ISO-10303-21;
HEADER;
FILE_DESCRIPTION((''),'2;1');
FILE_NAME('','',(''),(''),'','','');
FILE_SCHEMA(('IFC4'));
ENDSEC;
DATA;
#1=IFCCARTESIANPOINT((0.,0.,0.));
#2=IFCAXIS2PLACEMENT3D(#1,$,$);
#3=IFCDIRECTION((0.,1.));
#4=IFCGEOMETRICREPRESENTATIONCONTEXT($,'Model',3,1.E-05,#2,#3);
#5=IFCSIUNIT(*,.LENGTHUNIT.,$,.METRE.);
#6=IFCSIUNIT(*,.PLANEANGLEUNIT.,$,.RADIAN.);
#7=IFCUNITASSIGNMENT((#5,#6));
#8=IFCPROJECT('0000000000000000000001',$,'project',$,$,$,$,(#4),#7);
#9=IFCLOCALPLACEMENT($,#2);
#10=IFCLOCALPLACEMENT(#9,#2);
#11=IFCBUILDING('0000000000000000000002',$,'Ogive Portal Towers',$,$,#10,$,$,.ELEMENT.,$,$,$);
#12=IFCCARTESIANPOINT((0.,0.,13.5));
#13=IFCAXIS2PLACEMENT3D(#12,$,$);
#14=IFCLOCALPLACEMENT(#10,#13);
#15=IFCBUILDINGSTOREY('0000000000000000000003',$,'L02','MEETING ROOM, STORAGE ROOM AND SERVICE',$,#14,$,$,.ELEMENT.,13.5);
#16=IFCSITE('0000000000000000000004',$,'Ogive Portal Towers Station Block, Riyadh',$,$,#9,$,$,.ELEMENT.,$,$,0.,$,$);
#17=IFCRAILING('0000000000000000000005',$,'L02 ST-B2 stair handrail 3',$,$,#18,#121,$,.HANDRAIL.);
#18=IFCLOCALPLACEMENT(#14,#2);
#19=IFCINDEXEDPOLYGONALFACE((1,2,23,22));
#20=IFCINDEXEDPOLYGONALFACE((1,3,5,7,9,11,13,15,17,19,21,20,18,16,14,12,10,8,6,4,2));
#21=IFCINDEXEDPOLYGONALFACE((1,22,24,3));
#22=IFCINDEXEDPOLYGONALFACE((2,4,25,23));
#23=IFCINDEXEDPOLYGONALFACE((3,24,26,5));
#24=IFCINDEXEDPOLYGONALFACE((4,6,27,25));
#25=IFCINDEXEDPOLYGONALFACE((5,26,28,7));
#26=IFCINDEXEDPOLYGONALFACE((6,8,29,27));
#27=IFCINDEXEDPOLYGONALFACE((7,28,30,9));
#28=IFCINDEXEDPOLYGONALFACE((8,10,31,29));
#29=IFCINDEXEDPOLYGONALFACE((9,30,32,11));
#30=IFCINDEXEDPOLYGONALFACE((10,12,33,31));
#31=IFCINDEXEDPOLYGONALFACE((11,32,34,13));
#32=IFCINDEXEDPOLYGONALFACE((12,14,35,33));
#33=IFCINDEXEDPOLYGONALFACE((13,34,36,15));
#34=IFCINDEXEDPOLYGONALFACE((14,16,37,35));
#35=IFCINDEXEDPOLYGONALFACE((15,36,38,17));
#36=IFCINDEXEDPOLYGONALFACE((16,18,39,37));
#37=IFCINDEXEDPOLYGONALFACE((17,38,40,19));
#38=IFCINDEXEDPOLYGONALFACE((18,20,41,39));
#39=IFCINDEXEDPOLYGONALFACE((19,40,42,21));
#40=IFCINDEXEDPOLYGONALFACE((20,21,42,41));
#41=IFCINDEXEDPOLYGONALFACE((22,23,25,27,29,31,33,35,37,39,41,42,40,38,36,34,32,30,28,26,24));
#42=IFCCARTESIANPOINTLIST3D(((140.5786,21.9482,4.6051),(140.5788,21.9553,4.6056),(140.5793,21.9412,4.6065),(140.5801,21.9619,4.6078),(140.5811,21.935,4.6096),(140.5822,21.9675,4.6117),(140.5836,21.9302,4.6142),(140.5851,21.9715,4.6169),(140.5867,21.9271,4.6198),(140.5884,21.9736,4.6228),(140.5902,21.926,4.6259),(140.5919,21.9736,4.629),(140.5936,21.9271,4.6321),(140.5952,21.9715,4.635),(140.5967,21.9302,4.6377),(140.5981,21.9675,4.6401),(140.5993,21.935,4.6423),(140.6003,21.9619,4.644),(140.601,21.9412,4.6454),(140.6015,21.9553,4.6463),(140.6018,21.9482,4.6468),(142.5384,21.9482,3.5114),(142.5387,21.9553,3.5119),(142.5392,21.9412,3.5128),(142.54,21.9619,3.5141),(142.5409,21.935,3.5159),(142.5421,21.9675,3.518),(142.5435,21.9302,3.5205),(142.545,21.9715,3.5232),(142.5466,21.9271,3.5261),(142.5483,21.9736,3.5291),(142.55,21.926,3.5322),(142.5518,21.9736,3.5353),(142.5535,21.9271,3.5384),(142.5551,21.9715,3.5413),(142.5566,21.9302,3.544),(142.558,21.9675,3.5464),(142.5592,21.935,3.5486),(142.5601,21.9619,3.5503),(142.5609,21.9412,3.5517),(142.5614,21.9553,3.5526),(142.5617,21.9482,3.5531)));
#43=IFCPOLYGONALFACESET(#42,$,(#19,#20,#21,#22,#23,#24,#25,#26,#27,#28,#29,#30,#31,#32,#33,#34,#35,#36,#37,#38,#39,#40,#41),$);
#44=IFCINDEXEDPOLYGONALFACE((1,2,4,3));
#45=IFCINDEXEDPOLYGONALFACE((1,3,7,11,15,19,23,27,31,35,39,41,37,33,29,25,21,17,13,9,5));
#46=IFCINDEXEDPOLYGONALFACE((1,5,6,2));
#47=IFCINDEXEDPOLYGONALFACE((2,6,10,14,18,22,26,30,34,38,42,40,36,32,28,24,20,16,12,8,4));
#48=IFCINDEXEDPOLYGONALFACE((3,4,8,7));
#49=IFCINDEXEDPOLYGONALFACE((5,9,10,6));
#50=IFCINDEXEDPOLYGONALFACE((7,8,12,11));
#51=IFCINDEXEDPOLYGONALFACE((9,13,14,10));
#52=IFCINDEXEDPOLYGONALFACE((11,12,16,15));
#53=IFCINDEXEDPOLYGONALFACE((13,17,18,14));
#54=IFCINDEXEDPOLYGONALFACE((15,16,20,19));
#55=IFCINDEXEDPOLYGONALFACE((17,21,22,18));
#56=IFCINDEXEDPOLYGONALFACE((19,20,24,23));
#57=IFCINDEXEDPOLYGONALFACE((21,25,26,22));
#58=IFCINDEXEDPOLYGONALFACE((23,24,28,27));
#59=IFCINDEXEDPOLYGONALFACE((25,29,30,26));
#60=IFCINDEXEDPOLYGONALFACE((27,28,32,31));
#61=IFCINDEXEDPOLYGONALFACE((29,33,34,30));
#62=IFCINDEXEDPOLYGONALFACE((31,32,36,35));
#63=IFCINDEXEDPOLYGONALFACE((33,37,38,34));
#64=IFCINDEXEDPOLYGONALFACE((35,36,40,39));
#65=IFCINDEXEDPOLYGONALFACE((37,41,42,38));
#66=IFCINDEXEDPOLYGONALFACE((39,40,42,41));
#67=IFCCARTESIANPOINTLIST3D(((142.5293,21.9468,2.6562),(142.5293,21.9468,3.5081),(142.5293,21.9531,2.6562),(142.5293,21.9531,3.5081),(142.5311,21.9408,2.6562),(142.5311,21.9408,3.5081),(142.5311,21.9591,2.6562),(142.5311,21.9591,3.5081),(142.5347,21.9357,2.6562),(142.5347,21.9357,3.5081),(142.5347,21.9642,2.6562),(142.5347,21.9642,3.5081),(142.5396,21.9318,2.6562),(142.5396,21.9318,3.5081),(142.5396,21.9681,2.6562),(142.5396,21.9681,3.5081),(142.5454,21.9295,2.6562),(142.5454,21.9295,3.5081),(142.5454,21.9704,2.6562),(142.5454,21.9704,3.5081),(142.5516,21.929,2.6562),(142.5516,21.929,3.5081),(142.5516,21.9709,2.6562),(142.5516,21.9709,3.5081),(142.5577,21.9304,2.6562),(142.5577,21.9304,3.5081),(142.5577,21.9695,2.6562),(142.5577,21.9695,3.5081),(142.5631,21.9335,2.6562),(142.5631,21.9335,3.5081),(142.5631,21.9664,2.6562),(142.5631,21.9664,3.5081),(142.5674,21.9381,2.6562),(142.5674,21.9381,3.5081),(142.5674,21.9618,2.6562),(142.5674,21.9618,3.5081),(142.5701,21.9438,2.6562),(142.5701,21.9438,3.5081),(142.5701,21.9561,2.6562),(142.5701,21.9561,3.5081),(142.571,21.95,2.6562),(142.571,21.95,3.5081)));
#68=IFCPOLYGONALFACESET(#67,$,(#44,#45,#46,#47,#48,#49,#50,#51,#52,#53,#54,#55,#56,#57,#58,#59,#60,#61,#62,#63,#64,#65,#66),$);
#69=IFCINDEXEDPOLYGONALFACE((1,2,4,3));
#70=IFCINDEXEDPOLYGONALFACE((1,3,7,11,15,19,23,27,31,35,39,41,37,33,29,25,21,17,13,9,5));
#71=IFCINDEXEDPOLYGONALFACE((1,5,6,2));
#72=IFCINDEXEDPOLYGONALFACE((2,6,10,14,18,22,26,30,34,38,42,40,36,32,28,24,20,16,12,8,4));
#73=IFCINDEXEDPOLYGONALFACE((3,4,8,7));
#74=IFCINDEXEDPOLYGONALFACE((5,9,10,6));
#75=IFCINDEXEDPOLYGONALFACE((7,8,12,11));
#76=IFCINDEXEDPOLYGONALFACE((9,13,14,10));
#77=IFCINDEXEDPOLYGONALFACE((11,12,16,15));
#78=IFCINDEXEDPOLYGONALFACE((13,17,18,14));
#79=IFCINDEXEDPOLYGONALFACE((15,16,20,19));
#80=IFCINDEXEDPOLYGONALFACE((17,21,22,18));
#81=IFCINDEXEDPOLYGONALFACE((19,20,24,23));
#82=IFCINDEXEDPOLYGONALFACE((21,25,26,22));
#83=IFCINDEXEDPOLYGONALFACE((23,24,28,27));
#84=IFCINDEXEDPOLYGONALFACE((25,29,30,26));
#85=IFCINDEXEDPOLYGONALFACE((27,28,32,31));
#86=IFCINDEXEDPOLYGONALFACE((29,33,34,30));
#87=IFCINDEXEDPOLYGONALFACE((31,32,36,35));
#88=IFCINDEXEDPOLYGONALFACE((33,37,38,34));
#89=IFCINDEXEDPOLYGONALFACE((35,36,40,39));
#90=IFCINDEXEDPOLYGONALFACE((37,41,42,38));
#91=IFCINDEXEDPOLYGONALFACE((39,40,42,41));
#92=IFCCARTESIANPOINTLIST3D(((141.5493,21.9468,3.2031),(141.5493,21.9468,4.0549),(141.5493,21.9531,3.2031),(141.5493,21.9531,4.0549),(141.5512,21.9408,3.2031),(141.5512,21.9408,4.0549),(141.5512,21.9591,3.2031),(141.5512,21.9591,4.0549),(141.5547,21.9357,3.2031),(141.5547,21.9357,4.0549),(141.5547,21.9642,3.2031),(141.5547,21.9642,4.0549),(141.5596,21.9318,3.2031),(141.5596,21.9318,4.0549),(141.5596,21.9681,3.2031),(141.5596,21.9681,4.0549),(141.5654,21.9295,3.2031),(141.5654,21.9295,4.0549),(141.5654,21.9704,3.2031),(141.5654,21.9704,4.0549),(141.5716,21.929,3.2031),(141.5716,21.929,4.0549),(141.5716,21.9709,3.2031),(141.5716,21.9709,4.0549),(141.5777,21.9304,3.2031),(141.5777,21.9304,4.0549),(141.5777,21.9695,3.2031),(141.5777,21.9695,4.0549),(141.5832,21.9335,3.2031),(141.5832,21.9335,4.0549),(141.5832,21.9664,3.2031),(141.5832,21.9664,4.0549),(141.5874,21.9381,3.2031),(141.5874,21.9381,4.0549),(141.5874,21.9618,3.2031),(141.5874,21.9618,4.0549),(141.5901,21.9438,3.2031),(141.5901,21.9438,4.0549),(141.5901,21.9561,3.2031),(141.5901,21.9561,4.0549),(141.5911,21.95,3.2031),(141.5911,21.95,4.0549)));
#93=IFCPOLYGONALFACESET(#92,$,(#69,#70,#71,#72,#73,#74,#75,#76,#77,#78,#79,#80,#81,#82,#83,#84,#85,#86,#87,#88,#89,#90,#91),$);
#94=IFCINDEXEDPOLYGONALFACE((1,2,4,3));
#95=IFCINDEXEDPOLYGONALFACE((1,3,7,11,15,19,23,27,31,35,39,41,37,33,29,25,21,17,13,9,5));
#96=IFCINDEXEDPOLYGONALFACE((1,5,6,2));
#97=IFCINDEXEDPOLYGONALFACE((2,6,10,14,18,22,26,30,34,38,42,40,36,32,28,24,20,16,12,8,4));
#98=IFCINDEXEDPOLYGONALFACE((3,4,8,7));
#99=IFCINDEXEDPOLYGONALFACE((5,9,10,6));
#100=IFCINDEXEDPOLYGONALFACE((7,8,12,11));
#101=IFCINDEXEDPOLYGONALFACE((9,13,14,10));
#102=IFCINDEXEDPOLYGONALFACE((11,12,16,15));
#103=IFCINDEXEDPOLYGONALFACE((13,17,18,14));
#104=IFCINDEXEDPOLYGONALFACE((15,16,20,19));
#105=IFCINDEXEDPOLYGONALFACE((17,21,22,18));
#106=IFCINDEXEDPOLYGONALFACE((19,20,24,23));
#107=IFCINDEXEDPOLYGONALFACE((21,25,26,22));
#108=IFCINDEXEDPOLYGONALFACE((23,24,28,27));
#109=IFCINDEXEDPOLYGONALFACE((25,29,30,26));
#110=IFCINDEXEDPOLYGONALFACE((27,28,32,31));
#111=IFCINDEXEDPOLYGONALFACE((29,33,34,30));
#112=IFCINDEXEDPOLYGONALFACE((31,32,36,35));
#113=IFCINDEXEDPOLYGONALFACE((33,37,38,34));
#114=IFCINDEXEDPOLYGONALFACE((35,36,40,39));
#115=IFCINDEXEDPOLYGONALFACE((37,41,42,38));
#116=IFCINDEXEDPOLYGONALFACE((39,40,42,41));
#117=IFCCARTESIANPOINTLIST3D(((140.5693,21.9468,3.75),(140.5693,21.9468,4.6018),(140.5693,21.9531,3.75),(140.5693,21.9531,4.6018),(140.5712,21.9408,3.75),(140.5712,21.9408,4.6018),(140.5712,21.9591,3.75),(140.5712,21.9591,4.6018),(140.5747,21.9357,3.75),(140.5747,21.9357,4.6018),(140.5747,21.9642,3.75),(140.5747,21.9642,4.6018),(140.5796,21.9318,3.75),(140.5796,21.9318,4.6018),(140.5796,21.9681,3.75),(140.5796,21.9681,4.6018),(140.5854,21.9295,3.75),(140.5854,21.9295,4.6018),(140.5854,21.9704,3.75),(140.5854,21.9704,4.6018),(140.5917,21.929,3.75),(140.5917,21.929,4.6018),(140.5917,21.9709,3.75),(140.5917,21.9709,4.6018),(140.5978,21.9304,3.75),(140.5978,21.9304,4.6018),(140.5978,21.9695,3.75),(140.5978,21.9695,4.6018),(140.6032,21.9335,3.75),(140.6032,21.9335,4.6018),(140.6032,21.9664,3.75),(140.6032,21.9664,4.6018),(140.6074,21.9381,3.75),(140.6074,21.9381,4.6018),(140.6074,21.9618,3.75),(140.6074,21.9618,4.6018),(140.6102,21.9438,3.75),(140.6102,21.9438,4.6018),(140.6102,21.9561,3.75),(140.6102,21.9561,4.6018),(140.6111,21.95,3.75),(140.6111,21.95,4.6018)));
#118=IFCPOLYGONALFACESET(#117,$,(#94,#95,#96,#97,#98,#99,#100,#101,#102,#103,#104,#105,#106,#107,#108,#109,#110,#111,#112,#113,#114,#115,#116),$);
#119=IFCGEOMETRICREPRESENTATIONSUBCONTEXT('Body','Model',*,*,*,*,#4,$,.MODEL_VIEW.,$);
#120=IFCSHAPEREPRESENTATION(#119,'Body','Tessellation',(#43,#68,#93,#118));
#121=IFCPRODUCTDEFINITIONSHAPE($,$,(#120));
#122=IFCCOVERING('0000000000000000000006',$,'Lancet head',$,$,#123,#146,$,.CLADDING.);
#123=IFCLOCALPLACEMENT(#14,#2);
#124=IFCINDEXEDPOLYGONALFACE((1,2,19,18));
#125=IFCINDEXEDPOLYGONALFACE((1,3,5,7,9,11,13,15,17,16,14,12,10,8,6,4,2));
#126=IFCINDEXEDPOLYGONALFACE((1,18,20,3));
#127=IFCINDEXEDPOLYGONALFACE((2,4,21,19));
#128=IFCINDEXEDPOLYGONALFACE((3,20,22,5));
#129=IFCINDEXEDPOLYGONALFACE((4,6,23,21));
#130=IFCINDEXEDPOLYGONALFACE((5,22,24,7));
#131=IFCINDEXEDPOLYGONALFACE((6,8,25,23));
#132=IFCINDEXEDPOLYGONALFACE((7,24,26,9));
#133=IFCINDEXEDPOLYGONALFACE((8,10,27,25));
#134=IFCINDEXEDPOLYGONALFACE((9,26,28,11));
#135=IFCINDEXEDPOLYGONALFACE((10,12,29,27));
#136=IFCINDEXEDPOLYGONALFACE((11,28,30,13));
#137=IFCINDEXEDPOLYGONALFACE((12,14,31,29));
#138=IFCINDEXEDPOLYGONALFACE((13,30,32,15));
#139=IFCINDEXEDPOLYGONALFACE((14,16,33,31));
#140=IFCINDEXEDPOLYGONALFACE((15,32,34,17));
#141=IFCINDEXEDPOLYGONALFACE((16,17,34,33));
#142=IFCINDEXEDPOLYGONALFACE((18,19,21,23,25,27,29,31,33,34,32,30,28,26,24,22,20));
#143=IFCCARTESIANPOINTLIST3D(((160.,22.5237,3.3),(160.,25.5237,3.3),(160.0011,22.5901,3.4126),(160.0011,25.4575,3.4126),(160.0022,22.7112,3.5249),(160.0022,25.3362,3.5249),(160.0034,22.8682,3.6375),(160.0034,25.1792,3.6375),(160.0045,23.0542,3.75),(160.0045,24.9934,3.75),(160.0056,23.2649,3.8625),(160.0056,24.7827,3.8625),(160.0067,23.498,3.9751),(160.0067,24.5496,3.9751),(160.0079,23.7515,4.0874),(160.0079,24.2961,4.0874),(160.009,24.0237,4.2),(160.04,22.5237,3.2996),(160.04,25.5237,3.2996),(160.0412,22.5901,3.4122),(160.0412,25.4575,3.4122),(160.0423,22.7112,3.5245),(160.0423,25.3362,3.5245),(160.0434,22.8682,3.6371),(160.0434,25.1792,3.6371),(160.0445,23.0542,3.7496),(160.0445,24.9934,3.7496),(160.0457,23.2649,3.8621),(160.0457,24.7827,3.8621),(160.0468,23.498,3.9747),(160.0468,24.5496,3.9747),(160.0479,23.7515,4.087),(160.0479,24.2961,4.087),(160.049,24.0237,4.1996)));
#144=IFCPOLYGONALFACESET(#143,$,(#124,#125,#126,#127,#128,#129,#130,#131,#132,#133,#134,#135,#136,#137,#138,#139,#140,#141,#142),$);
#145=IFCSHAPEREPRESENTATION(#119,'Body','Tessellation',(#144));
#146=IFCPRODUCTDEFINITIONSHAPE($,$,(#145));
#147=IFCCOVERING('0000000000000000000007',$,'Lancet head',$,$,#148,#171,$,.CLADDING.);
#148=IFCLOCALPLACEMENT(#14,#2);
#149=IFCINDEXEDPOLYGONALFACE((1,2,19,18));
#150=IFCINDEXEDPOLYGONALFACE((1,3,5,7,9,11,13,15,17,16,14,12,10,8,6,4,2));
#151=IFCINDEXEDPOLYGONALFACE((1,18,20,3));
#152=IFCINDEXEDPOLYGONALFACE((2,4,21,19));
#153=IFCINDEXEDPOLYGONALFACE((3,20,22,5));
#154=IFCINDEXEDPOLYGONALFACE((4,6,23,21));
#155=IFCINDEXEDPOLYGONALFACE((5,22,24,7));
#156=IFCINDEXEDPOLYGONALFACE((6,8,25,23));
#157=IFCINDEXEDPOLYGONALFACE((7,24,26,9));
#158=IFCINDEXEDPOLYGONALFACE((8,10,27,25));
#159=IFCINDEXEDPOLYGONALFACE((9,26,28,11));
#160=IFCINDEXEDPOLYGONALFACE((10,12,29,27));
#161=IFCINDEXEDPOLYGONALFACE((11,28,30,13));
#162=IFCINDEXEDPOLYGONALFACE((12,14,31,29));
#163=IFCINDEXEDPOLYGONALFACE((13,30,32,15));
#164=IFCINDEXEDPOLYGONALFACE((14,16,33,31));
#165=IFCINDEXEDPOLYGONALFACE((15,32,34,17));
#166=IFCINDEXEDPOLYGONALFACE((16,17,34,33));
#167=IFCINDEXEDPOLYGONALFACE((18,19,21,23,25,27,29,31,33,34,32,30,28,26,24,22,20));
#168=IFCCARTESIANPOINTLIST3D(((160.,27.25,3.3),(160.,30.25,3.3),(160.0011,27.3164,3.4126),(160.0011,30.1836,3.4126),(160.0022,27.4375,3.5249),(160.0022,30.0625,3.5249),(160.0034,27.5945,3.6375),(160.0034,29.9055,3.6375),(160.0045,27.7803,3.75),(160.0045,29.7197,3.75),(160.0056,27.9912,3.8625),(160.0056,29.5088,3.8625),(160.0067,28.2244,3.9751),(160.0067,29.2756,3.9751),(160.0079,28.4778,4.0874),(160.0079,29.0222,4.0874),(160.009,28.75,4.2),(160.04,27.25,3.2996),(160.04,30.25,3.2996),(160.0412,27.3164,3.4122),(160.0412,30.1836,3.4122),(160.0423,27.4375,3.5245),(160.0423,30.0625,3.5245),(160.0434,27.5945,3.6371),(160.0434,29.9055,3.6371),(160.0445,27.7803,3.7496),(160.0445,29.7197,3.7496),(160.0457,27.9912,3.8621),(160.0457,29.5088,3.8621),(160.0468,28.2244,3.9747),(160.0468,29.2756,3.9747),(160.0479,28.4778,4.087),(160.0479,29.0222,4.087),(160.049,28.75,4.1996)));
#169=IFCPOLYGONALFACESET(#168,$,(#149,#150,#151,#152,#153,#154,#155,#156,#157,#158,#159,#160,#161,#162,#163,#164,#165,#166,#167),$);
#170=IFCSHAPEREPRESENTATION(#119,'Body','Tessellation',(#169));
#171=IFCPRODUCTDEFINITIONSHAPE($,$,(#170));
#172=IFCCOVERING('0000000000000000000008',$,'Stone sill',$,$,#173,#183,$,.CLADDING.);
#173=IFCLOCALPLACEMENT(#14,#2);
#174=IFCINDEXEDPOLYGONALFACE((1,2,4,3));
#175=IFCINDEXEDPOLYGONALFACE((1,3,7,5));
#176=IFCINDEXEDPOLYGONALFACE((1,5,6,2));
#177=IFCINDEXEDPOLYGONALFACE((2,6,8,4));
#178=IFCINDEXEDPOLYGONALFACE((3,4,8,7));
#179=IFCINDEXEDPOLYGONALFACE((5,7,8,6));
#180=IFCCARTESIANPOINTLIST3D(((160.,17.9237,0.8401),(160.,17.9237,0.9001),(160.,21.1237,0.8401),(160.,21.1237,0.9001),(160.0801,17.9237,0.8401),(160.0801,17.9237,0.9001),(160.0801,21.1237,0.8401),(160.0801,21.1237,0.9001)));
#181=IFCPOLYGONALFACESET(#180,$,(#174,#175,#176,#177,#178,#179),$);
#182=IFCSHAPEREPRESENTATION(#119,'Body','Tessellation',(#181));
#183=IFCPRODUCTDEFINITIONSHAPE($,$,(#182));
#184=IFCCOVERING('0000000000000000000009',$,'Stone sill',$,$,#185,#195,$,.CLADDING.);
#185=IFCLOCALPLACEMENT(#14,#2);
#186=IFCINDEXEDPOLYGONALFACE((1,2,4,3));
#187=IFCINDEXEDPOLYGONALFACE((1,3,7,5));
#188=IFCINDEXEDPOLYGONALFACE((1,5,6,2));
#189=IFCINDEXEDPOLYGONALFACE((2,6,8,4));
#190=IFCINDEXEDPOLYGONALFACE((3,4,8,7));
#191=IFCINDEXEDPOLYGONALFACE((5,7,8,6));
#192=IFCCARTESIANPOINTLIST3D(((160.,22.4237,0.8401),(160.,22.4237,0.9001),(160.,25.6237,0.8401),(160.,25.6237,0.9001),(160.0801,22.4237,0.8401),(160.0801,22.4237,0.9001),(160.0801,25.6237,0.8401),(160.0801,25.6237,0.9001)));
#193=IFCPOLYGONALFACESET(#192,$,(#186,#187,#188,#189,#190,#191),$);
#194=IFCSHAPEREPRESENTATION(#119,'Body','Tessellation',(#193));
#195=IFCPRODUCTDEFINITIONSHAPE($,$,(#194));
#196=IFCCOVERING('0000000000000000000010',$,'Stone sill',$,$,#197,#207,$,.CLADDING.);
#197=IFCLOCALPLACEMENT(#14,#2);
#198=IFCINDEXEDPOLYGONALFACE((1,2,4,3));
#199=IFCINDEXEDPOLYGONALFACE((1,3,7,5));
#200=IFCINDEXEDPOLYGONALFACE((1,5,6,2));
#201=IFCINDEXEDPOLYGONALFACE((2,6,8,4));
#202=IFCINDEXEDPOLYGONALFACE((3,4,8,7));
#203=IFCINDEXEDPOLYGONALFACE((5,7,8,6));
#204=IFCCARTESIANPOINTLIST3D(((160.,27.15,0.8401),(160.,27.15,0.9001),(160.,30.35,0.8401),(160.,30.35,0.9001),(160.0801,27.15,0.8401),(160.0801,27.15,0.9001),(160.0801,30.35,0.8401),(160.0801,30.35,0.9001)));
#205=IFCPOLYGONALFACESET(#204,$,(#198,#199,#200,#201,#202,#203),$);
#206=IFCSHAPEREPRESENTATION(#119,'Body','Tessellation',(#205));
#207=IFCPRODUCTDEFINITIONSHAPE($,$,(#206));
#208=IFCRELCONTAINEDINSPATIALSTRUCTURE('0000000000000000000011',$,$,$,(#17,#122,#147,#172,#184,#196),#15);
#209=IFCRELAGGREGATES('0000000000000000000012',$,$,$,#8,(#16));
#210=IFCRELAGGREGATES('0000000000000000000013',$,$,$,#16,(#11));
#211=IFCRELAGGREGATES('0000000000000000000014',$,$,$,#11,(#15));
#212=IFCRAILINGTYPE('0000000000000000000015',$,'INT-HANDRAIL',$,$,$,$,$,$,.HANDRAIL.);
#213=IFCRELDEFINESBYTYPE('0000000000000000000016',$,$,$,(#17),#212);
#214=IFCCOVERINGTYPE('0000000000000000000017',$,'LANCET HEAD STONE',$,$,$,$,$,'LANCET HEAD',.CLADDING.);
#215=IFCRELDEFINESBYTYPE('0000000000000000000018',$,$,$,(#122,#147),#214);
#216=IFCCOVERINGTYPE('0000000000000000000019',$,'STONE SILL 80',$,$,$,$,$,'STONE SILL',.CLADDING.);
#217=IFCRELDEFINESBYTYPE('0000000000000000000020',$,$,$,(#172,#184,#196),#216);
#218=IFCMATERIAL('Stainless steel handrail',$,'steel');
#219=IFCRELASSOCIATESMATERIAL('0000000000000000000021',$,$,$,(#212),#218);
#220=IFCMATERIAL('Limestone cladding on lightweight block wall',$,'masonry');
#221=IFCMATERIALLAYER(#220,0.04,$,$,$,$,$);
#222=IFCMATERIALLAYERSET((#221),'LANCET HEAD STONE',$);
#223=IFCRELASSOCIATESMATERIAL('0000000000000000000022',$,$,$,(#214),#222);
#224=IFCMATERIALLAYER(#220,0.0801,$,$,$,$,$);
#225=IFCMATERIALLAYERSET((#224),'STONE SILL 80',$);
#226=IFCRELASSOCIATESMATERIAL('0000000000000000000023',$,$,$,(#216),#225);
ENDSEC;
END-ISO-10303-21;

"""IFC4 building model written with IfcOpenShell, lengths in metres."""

from ifc_helpers import new_model, si_unit, direction, frame, origin, origin_2d, place, context, subcontext, project, spatial, polyline, rectangle, circle, outline, extrude, material, layer, layer_set, type_object, element, save


model = new_model("IFC4")

# Units and contexts
model_context = context("Model", 3, precision=1e-05, world=origin(), true_north=direction((0.0, 1.0)))
body_context = subcontext(model_context, "Body", "Model", "MODEL_VIEW")
ifc_project = project(units=[si_unit("LENGTHUNIT", "METRE"), si_unit("PLANEANGLEUNIT", "RADIAN")], contexts=[model_context])

# Site, building, storey
site_placement = place(None, origin())
site = spatial("IfcSite", under=ifc_project, at=site_placement, Name="Ogive Portal Towers Station Block, Riyadh", CompositionType="ELEMENT", RefElevation=0.0)
building_placement = place(site_placement, origin())
building = spatial("IfcBuilding", under=site, at=building_placement, Name="Ogive Portal Towers", CompositionType="ELEMENT")
storey_placement = place(building_placement, frame((0.0, 0.0, 13.5)))
storey = spatial("IfcBuildingStorey", under=building, at=storey_placement, Name="L02", Description="MEETING ROOM, STORAGE ROOM AND SERVICE", CompositionType="ELEMENT", Elevation=13.5)

# Railing
ifc_material_1 = material(Name="Stainless steel handrail", Category="steel")
railing_type_1 = type_object("IfcRailingType", Name="INT-HANDRAIL", PredefinedType="HANDRAIL", material=ifc_material_1)
for number, where, name in (
    (1, (142.55, 21.95, 2.6562), "L02 ST-B2 stair handrail 3"),
):
    element("IfcRailing", number, at=place(storey_placement, frame(where)), inside=storey, type_object=railing_type_1, Name=name, PredefinedType="HANDRAIL", context=body_context, shape_type="SweptSolid", body=[
        extrude(circle(Radius=0.0239, at=origin_2d()), frame((0.0, 0.0, 0.876), z_axis=(-0.873232, 0.0, 0.487304), x_axis=(0.0, -1.0, 0.0)), (0.0, 0.0, 1.0), 2.2444),
        extrude(circle(Radius=0.021, at=origin_2d()), origin(), (0.0, 0.0, 1.0), 0.8518),
        extrude(circle(Radius=0.021, at=origin_2d()), frame((-0.98, 0.0, 0.5469)), (0.0, 0.0, 1.0), 0.8518),
        extrude(circle(Radius=0.021, at=origin_2d()), frame((-1.96, 0.0, 1.0938)), (0.0, 0.0, 1.0), 0.8518),
    ])

# Coverings
ifc_material_2 = material(Name="Limestone cladding on lightweight block wall", Category="masonry")
ifc_layer_1 = layer(ifc_material_2, 0.04)
ifc_layer_set_1 = layer_set([ifc_layer_1], Name="LANCET HEAD STONE")
covering_type_1 = type_object("IfcCoveringType", Name="LANCET HEAD STONE", ElementType="LANCET HEAD", PredefinedType="CLADDING", material=ifc_layer_set_1)
covering_1_placement = place(storey_placement, frame((160.0, 22.5237, 3.3), z_axis=(-0.99995, 0.0, 0.009994), x_axis=(0.0, 1.0, 0.0)))
element("IfcCovering", 2, at=covering_1_placement, inside=storey, type_object=covering_type_1, Name="Lancet head", PredefinedType="CLADDING", context=body_context, shape_type="SweptSolid", body=[
    extrude(outline(polyline([(0.0, 0.0), (3.0, 0.0), (2.9338, -0.1126), (2.8125, -0.2249), (2.6555, -0.3374), (2.4697, -0.45), (2.259, -0.5625), (2.0259, -0.6751), (1.7725, -0.7874), (1.5, -0.8999), (1.2278, -0.7874), (0.9744, -0.6751), (0.7412, -0.5625), (0.5305, -0.45), (0.3445, -0.3374), (0.1875, -0.2249), (0.0664, -0.1126), (0.0, 0.0)])), origin(), (0.0, 0.0, -1.0), 0.04),
])
covering_2_placement = place(storey_placement, frame((160.0, 27.25, 3.3), z_axis=(-0.99995, 0.0, 0.009994), x_axis=(0.0, 1.0, 0.0)))
element("IfcCovering", 3, at=covering_2_placement, inside=storey, type_object=covering_type_1, Name="Lancet head", PredefinedType="CLADDING", context=body_context, shape_type="SweptSolid", body=[
    extrude(outline(polyline([(0.0, 0.0), (3.0, 0.0), (2.9336, -0.1126), (2.8125, -0.2249), (2.6555, -0.3374), (2.4697, -0.45), (2.2588, -0.5625), (2.0256, -0.6751), (1.7722, -0.7874), (1.5, -0.8999), (1.2278, -0.7874), (0.9744, -0.6751), (0.7412, -0.5625), (0.5303, -0.45), (0.3445, -0.3374), (0.1875, -0.2249), (0.0664, -0.1126), (0.0, 0.0)])), origin(), (0.0, 0.0, -1.0), 0.04),
])
ifc_layer_2 = layer(ifc_material_2, 0.0801)
ifc_layer_set_2 = layer_set([ifc_layer_2], Name="STONE SILL 80")
covering_type_2 = type_object("IfcCoveringType", Name="STONE SILL 80", ElementType="STONE SILL", PredefinedType="CLADDING", material=ifc_layer_set_2)
for number, where, z_axis, x_axis, name in (
    (4, (160.04, 19.5237, 0.8401), (0.0, 0.0, 1.0), (0.0, 1.0, 0.0), "Stone sill"),
    (5, (160.04, 24.0237, 0.8401), (0.0, 0.0, 1.0), (0.0, 1.0, 0.0), "Stone sill"),
    (6, (160.04, 28.75, 0.8401), (0.0, 0.0, 1.0), (0.0, 1.0, 0.0), "Stone sill"),
):
    element("IfcCovering", number, at=place(storey_placement, frame(where, z_axis=z_axis, x_axis=x_axis)), inside=storey, type_object=covering_type_2, Name=name, PredefinedType="CLADDING", context=body_context, shape_type="SweptSolid", body=[
        extrude(rectangle(XDim=3.2, YDim=0.0801, at=origin_2d()), origin(), (0.0, 0.0, 1.0), 0.0601),
    ])

save(model, "model.ifc")
